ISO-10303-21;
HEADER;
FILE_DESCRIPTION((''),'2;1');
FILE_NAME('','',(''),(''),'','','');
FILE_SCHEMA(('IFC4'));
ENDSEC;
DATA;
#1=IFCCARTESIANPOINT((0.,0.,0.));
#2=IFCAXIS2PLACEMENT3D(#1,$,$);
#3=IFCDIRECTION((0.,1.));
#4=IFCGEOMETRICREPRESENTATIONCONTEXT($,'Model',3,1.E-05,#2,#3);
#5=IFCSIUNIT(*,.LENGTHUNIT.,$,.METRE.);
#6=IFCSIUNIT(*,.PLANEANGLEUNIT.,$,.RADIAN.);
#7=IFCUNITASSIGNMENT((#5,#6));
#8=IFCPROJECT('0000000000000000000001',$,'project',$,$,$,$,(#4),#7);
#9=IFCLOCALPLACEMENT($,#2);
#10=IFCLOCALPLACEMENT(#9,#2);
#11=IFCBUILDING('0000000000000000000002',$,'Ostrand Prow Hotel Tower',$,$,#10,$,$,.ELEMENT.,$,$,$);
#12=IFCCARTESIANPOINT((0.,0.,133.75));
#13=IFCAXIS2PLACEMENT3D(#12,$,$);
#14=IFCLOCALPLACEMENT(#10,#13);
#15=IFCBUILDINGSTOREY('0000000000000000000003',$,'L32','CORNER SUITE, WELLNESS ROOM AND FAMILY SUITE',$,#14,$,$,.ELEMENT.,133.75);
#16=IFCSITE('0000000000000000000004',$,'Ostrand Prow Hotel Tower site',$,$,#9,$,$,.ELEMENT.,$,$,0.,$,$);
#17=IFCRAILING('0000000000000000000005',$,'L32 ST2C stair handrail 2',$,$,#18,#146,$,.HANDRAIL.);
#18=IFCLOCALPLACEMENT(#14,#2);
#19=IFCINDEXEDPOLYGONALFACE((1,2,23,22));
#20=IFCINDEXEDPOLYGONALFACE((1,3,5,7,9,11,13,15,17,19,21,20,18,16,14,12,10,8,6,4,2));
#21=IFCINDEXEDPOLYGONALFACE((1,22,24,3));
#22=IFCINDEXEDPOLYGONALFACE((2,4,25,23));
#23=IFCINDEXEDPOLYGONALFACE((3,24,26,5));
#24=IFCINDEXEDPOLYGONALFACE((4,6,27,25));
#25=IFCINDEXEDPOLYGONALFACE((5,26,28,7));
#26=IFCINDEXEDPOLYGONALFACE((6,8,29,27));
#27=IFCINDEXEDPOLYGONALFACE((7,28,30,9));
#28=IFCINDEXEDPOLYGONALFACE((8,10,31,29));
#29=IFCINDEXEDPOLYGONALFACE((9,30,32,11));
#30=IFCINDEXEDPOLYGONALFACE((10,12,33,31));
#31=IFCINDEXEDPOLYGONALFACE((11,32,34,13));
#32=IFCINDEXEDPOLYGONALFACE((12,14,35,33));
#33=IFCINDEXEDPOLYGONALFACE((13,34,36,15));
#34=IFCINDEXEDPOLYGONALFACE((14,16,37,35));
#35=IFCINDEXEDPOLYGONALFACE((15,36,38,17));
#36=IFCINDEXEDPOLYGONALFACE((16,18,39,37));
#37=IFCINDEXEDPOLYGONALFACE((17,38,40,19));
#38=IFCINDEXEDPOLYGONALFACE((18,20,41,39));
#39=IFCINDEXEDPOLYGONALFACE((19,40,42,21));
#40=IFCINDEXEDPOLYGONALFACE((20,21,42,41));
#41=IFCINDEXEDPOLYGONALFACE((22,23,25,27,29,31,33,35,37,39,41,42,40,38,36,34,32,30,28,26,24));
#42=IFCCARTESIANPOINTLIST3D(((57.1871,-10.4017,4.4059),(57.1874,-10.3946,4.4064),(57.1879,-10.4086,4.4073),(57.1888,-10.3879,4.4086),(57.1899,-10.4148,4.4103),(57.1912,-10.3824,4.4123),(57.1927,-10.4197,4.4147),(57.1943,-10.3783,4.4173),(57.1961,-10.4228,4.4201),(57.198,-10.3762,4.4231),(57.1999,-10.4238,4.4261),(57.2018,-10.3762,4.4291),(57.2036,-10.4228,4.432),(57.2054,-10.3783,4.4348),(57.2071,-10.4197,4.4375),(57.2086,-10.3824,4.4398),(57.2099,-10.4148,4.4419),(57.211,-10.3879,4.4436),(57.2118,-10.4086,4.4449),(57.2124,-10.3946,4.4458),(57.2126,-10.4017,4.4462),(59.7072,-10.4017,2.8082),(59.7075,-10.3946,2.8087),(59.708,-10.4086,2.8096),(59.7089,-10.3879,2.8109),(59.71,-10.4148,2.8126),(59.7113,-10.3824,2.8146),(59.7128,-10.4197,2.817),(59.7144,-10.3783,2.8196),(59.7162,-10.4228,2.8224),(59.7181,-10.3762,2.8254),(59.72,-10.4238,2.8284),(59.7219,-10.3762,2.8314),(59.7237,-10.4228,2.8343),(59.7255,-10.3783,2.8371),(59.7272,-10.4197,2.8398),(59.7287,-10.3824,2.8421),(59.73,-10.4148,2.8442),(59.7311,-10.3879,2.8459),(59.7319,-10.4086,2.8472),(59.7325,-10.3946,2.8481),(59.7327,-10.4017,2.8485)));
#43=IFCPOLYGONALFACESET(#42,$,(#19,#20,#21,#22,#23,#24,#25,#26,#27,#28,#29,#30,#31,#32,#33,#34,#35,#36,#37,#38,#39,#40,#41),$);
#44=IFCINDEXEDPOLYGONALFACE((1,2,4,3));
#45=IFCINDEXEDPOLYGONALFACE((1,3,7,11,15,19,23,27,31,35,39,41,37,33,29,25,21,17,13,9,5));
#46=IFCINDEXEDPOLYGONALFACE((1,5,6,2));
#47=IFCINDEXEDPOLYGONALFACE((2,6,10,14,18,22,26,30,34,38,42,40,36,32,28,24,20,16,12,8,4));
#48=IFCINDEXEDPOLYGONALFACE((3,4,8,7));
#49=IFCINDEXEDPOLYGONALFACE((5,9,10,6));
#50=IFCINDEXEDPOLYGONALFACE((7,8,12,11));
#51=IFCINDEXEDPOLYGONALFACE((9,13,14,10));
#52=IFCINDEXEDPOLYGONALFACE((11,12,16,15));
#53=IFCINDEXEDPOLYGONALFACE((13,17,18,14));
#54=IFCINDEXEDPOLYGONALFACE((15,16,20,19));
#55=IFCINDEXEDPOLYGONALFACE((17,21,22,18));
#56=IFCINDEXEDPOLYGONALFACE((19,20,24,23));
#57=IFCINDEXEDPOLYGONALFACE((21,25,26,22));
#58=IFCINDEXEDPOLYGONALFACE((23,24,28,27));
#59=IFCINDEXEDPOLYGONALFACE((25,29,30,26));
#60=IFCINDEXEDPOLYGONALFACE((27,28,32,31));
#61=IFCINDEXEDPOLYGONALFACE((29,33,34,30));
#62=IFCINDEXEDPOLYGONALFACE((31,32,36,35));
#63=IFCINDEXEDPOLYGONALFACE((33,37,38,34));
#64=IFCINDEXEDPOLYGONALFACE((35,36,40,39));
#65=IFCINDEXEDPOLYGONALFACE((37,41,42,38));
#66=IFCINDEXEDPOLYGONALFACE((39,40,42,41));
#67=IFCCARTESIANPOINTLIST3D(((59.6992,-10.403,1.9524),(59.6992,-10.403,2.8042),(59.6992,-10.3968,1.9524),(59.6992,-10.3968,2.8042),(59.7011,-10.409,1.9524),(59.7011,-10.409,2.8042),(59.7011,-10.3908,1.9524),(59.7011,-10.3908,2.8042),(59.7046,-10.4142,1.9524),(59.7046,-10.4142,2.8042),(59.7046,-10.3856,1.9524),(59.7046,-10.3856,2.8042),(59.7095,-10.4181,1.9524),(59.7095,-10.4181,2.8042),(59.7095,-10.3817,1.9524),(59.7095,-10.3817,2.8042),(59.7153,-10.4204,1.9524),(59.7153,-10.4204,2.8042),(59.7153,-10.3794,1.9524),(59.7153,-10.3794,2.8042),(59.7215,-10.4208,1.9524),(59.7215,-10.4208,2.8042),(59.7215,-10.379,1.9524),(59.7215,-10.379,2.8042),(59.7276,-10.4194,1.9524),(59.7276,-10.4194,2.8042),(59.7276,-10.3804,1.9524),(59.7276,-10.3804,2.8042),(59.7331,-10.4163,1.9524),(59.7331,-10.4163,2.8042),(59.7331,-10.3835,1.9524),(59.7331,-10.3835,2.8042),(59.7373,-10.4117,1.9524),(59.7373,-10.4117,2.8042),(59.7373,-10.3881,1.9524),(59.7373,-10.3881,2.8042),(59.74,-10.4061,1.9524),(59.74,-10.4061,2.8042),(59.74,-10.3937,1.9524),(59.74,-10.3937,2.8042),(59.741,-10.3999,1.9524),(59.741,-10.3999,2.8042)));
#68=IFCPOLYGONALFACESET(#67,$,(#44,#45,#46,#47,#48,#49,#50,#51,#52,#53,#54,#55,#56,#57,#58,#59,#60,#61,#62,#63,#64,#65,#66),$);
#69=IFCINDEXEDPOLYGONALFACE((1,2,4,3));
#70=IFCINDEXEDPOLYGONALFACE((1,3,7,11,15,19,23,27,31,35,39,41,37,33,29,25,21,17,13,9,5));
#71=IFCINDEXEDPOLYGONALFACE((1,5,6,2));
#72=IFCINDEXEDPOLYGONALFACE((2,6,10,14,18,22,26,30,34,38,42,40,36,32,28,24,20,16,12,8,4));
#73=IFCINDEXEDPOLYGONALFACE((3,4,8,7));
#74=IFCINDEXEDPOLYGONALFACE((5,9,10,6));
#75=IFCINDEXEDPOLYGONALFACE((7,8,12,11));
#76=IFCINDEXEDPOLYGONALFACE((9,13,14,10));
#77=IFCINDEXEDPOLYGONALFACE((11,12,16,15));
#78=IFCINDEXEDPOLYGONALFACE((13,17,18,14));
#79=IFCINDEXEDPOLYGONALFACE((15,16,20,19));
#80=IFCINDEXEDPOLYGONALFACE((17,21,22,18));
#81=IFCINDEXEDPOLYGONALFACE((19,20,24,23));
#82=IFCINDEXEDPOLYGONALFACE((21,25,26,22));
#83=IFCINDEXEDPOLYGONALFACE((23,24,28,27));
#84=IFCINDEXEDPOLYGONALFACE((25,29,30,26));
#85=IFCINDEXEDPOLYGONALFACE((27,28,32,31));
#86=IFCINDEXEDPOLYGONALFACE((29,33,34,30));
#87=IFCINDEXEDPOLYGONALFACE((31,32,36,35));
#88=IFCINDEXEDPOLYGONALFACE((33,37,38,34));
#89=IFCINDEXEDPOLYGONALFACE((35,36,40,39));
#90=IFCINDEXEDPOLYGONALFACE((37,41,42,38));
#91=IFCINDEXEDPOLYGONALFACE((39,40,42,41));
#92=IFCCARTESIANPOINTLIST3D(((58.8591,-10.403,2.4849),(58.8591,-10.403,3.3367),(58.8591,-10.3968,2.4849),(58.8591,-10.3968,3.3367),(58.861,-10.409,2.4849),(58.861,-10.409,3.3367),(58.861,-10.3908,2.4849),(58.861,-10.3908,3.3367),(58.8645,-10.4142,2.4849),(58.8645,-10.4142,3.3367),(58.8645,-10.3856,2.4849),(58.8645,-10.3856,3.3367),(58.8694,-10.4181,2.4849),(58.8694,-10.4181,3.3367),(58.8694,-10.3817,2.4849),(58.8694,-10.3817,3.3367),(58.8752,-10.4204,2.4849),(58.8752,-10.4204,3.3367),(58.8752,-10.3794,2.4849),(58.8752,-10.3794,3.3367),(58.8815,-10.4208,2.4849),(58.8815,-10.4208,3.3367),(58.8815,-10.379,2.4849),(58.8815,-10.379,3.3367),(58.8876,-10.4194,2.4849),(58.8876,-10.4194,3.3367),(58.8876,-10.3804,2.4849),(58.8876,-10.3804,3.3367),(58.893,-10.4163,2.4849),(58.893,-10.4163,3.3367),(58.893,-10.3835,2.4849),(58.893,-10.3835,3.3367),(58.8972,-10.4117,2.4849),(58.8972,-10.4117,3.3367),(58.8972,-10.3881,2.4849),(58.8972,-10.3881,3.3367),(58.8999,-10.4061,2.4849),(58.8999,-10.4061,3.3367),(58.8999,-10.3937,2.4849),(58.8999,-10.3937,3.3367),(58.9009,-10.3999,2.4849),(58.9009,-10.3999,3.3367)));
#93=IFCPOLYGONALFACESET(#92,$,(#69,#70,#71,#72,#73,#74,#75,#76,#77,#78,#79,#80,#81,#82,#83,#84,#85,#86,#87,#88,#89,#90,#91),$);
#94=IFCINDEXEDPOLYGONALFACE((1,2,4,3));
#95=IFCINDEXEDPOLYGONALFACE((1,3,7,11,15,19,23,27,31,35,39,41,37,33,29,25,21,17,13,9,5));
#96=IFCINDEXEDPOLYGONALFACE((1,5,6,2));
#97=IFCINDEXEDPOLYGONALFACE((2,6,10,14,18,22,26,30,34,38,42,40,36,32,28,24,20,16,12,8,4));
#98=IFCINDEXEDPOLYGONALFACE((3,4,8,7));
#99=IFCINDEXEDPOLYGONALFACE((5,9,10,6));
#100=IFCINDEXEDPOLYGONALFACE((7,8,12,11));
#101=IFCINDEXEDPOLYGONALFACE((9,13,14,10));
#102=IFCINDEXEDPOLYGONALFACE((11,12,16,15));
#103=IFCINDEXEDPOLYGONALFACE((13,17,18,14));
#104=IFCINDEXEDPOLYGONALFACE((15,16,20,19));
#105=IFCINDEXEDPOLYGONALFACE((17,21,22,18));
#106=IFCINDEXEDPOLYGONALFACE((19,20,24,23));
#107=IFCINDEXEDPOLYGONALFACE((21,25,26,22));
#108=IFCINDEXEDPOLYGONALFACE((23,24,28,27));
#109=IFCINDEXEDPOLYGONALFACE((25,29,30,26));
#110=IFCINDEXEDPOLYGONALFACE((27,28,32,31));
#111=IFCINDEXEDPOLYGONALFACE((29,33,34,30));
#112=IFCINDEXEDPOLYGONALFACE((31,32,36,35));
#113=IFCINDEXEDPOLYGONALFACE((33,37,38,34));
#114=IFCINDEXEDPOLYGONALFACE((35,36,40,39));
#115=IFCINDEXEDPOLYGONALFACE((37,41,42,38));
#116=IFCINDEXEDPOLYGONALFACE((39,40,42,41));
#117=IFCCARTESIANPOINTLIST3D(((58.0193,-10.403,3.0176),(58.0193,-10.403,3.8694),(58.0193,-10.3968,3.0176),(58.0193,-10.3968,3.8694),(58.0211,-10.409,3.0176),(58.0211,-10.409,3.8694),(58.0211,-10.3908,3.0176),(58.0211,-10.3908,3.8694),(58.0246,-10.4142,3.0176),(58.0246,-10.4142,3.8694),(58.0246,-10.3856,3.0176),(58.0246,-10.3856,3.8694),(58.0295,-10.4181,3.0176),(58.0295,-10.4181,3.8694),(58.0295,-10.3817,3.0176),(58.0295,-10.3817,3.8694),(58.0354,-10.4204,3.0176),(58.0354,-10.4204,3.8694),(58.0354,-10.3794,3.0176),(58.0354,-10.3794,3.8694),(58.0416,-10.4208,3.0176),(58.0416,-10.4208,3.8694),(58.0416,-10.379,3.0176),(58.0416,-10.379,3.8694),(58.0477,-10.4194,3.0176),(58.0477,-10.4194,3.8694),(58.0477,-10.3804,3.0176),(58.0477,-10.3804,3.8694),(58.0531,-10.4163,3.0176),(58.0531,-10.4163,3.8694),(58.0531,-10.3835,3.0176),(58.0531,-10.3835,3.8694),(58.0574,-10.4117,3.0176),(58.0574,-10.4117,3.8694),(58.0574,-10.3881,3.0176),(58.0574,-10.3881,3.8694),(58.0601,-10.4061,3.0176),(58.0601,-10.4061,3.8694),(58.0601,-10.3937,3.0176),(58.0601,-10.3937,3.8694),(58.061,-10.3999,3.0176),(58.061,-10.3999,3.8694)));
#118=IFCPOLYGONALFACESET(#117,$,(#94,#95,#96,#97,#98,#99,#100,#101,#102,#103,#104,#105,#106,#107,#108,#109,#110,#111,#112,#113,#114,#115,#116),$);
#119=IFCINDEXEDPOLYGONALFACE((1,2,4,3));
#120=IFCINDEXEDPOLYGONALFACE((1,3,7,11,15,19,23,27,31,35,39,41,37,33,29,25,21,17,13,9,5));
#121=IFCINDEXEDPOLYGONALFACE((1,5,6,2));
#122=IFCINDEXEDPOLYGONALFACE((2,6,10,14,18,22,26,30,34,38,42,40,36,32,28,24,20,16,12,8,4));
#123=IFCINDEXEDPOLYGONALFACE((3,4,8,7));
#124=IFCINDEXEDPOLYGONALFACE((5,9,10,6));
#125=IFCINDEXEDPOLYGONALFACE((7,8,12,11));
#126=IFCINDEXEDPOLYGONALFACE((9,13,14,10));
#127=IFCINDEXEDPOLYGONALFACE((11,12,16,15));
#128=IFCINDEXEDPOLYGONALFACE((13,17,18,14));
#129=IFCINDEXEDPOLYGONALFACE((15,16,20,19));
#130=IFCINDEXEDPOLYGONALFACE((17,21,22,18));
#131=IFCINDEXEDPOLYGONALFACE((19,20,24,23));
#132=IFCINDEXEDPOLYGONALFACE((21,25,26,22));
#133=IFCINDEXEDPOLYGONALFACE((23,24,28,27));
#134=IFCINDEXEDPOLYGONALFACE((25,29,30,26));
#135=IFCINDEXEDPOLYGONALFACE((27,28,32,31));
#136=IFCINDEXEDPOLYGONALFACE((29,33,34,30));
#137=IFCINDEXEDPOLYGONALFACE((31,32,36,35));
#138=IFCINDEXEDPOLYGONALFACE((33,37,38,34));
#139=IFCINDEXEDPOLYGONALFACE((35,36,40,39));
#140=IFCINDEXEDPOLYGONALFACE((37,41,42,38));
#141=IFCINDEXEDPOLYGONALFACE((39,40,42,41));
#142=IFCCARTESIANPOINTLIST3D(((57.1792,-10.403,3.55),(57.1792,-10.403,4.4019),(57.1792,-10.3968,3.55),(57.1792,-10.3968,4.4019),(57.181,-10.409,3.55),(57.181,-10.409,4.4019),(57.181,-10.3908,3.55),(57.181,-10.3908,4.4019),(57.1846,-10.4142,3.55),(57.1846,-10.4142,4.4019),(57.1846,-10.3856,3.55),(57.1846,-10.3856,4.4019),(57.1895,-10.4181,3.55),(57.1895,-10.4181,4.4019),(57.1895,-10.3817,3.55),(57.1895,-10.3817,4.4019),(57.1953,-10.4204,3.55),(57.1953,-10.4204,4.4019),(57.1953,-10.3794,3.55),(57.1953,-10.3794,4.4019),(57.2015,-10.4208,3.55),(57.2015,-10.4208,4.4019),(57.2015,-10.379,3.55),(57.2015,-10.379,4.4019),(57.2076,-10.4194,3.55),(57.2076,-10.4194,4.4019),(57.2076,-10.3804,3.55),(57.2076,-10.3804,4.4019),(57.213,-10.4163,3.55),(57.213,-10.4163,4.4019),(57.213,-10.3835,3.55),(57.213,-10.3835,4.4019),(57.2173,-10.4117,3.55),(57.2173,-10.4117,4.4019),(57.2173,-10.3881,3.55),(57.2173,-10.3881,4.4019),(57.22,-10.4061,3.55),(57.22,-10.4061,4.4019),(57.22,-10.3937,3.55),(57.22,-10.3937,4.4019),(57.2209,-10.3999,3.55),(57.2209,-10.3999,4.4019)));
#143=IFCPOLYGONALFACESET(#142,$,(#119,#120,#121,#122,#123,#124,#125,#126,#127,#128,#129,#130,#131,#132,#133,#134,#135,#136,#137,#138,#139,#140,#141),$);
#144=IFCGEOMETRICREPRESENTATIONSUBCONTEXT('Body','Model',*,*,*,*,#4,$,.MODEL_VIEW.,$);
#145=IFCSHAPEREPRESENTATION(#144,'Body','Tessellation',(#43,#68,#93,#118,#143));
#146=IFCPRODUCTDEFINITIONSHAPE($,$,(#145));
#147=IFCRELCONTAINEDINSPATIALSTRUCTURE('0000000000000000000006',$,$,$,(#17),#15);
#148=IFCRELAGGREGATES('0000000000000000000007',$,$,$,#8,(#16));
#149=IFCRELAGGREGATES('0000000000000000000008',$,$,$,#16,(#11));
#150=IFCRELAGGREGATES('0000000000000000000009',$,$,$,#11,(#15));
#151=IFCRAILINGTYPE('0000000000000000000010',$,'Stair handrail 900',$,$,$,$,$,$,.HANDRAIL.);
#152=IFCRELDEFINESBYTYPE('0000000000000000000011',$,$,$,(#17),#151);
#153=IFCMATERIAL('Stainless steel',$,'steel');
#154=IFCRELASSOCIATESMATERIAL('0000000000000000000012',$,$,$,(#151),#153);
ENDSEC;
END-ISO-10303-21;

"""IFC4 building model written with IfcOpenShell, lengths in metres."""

from ifc_helpers import new_model, si_unit, direction, frame, origin, origin_2d, place, context, subcontext, project, spatial, circle, extrude, material, type_object, element, save


model = new_model("IFC4")

# Units and contexts
model_context = context("Model", 3, precision=1e-05, world=origin(), true_north=direction((0.0, 1.0)))
body_context = subcontext(model_context, "Body", "Model", "MODEL_VIEW")
ifc_project = project(units=[si_unit("LENGTHUNIT", "METRE"), si_unit("PLANEANGLEUNIT", "RADIAN")], contexts=[model_context])

# Site, building, storey
site_placement = place(None, origin())
site = spatial("IfcSite", under=ifc_project, at=site_placement, Name="Ostrand Prow Hotel Tower site", CompositionType="ELEMENT", RefElevation=0.0)
building_placement = place(site_placement, origin())
building = spatial("IfcBuilding", under=site, at=building_placement, Name="Ostrand Prow Hotel Tower", CompositionType="ELEMENT")
storey_placement = place(building_placement, frame((0.0, 0.0, 133.75)))
storey = spatial("IfcBuildingStorey", under=building, at=storey_placement, Name="L32", Description="CORNER SUITE, WELLNESS ROOM AND FAMILY SUITE", CompositionType="ELEMENT", Elevation=133.75)

# Railing
ifc_material_1 = material(Name="Stainless steel", Category="steel")
railing_type_1 = type_object("IfcRailingType", Name="Stair handrail 900", PredefinedType="HANDRAIL", material=ifc_material_1)
railing_1_placement = place(storey_placement, frame((59.72, -10.3999, 1.9524)))
element("IfcRailing", 1, at=railing_1_placement, inside=storey, type_object=railing_type_1, Name="L32 ST2C stair handrail 2", PredefinedType="HANDRAIL", context=body_context, shape_type="SweptSolid", body=[
    extrude(circle(Radius=0.0239, at=origin_2d()), frame((0.0, 0.0, 0.876), z_axis=(-0.84457, 0.0, 0.535445), x_axis=(0.0, -1.0, 0.0)), (0.0, 0.0, 1.0), 2.9839),
    extrude(circle(Radius=0.021, at=origin_2d()), origin(), (0.0, 0.0, 1.0), 0.8518),
    extrude(circle(Radius=0.021, at=origin_2d()), frame((-0.8401, 0.0, 0.5325)), (0.0, 0.0, 1.0), 0.8518),
    extrude(circle(Radius=0.021, at=origin_2d()), frame((-1.6799, 0.0, 1.0652)), (0.0, 0.0, 1.0), 0.8518),
    extrude(circle(Radius=0.021, at=origin_2d()), frame((-2.52, 0.0, 1.5977)), (0.0, 0.0, 1.0), 0.8518),
])

save(model, "model.ifc")
